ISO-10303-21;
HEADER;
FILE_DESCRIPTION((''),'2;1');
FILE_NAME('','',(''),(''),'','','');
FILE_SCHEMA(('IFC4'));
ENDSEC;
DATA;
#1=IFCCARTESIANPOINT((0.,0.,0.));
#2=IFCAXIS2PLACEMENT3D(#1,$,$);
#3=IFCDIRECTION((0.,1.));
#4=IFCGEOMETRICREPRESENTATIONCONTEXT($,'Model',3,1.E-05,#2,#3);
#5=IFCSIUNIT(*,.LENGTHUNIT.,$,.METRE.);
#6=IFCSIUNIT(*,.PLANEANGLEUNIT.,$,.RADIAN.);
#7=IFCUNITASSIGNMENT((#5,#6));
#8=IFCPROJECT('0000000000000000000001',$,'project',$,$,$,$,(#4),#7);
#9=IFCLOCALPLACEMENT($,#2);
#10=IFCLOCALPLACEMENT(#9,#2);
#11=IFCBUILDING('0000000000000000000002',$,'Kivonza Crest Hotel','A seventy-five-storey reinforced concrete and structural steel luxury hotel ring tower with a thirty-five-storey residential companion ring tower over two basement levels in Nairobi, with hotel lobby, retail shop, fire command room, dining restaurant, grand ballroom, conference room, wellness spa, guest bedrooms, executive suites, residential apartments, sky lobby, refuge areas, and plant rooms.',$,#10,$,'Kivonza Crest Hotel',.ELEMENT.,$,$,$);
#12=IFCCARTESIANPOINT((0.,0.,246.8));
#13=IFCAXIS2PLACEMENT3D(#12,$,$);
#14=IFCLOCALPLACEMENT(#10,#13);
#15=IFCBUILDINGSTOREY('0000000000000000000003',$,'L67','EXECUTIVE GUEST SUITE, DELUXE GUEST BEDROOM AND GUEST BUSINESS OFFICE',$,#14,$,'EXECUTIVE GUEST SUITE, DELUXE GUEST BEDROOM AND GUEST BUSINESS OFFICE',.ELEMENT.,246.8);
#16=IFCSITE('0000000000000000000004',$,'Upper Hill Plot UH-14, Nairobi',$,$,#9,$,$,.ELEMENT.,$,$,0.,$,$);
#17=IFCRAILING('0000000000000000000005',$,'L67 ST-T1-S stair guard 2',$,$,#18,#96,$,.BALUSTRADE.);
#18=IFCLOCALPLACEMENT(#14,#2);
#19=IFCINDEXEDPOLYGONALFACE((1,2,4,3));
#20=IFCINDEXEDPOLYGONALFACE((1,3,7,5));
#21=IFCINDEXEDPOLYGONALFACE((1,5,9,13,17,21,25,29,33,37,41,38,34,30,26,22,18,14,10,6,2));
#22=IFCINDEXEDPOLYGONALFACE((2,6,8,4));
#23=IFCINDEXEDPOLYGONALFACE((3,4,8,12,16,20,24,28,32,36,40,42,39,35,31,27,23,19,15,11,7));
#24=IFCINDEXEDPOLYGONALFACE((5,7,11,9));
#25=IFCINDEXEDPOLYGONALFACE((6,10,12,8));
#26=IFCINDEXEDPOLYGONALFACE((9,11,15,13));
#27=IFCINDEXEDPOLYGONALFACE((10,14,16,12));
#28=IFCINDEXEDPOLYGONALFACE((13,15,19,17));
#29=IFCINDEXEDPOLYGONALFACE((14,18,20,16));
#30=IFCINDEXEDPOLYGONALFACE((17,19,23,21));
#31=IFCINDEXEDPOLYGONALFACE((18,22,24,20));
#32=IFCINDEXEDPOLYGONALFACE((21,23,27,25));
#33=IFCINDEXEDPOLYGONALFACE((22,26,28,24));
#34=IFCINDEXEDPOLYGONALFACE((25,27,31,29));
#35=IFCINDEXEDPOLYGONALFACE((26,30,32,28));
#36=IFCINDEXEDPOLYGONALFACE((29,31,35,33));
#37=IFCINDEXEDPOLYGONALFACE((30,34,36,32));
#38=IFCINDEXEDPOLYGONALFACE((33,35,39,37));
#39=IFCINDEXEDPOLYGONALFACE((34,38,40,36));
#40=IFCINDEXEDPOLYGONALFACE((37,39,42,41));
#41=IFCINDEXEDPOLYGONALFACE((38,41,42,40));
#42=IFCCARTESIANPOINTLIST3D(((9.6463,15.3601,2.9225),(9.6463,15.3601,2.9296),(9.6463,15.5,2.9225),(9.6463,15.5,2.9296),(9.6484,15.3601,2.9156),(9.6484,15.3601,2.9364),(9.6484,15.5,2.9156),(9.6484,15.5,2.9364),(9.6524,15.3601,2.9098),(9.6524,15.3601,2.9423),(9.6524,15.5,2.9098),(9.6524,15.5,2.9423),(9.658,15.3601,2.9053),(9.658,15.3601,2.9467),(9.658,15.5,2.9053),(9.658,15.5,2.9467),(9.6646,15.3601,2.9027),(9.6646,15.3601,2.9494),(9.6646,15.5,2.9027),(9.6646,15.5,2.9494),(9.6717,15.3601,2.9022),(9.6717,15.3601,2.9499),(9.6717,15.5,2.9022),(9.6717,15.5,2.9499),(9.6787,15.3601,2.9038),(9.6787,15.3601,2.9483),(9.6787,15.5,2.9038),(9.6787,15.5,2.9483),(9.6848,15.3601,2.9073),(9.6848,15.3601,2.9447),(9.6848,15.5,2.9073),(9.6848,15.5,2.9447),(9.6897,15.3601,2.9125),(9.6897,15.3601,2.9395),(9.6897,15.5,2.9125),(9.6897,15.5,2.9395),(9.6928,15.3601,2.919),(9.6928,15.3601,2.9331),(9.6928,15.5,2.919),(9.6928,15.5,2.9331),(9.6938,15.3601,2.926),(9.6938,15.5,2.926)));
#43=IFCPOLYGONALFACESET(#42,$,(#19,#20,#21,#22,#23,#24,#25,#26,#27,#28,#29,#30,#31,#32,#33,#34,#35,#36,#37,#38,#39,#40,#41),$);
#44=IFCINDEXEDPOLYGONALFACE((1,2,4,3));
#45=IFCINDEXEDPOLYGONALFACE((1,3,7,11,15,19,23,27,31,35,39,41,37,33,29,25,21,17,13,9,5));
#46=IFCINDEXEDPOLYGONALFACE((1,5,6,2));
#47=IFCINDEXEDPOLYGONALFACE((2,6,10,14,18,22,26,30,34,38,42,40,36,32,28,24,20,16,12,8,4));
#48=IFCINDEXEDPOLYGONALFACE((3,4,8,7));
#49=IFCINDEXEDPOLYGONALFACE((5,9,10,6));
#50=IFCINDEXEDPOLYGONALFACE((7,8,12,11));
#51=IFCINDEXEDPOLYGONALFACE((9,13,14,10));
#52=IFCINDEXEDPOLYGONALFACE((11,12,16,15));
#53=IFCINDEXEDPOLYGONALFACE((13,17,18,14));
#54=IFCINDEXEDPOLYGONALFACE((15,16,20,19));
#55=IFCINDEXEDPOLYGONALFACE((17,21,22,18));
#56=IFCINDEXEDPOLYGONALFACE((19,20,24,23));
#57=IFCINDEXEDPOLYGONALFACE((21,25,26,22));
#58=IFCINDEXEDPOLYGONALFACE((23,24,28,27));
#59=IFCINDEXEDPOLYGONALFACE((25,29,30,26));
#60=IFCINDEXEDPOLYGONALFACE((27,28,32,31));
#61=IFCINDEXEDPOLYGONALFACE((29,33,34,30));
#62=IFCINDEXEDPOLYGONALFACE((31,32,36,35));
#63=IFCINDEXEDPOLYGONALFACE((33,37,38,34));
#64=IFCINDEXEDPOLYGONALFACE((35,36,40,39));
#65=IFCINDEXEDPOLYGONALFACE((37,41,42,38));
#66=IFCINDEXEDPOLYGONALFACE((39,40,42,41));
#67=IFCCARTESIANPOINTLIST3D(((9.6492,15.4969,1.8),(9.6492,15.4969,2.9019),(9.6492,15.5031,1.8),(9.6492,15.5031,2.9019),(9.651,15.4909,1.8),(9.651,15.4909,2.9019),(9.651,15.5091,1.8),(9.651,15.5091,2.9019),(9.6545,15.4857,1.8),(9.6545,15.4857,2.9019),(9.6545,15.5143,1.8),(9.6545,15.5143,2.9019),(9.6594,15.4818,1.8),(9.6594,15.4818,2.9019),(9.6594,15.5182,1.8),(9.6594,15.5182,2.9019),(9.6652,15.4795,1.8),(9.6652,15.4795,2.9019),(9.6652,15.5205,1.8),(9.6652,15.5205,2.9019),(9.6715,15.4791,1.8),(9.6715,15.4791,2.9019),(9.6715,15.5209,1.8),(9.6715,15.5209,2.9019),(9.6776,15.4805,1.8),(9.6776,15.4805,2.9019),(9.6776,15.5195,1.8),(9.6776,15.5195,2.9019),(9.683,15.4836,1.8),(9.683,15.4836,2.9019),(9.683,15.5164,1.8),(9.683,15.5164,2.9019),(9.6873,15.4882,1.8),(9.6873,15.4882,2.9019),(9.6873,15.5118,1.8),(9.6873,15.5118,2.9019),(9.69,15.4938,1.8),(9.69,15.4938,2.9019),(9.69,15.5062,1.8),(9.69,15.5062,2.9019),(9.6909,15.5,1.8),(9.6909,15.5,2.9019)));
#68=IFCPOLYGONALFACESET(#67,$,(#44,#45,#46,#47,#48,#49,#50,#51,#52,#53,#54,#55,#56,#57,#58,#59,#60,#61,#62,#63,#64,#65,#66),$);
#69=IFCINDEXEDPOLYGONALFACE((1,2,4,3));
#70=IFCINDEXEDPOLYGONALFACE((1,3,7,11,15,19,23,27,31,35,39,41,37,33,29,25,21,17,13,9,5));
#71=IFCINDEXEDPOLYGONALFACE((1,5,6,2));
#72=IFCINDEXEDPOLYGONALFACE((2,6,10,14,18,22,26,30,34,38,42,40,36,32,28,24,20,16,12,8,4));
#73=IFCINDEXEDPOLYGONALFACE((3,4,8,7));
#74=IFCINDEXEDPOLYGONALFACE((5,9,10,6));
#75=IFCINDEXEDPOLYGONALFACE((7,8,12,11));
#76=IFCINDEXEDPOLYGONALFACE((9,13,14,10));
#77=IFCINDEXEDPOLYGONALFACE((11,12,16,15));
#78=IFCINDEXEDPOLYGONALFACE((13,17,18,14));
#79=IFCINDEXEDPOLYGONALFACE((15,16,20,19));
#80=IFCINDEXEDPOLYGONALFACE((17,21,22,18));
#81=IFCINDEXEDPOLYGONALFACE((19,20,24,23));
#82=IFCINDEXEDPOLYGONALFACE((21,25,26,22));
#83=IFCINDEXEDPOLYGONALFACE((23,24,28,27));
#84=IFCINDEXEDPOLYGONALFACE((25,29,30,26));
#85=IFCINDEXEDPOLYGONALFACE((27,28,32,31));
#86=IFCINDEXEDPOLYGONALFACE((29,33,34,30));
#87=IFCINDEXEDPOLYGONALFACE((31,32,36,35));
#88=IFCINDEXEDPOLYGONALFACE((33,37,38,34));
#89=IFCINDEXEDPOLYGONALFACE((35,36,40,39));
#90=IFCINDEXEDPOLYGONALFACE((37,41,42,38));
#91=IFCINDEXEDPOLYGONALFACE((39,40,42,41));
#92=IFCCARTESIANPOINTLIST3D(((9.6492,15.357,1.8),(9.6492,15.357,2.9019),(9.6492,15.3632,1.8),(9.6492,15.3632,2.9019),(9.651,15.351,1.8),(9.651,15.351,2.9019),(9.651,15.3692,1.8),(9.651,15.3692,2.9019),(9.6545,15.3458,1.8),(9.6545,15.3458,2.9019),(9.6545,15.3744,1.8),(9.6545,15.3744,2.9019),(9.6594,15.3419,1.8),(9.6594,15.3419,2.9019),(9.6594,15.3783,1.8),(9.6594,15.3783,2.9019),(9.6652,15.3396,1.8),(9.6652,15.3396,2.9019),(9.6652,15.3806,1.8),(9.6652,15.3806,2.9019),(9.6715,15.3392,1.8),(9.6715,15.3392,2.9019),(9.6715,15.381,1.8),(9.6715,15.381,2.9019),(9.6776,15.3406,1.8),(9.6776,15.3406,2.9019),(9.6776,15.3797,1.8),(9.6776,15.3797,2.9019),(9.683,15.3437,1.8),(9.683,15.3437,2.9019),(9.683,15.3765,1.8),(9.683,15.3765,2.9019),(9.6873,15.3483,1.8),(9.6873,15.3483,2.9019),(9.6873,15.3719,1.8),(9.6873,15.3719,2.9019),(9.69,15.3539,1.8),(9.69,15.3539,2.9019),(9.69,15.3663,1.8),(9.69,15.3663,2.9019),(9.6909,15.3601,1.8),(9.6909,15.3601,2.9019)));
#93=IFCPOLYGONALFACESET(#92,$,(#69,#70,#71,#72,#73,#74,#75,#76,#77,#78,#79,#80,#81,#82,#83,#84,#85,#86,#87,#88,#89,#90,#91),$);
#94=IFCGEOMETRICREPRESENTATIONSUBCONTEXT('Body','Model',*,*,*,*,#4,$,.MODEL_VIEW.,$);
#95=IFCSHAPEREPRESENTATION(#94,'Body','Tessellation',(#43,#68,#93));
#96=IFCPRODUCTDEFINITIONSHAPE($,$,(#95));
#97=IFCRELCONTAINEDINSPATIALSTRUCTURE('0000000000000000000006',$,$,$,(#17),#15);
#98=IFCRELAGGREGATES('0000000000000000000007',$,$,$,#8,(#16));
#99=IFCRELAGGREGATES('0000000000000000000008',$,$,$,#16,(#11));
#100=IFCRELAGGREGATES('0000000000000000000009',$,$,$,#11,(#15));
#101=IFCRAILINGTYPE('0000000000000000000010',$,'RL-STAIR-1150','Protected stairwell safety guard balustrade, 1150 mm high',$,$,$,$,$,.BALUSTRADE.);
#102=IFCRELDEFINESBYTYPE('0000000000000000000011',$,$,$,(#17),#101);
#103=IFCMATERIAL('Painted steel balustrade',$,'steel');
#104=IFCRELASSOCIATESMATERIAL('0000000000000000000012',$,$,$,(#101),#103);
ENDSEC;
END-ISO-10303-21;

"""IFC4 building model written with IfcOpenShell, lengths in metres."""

from ifc_helpers import new_model, si_unit, direction, frame, origin, origin_2d, place, context, subcontext, project, spatial, circle, extrude, material, type_object, element, save


model = new_model("IFC4")

# Units and contexts
model_context = context("Model", 3, precision=1e-05, world=origin(), true_north=direction((0.0, 1.0)))
body_context = subcontext(model_context, "Body", "Model", "MODEL_VIEW")
ifc_project = project(units=[si_unit("LENGTHUNIT", "METRE"), si_unit("PLANEANGLEUNIT", "RADIAN")], contexts=[model_context])

# Site, building, storey
site_placement = place(None, origin())
site = spatial("IfcSite", under=ifc_project, at=site_placement, Name="Upper Hill Plot UH-14, Nairobi", CompositionType="ELEMENT", RefElevation=0.0)
building_placement = place(site_placement, origin())
building = spatial("IfcBuilding", under=site, at=building_placement, Name="Kivonza Crest Hotel", Description="A seventy-five-storey reinforced concrete and structural steel luxury hotel ring tower with a thirty-five-storey residential companion ring tower over two basement levels in Nairobi, with hotel lobby, retail shop, fire command room, dining restaurant, grand ballroom, conference room, wellness spa, guest bedrooms, executive suites, residential apartments, sky lobby, refuge areas, and plant rooms.", LongName="Kivonza Crest Hotel", CompositionType="ELEMENT")
storey_placement = place(building_placement, frame((0.0, 0.0, 246.8)))
storey = spatial("IfcBuildingStorey", under=building, at=storey_placement, Name="L67", Description="EXECUTIVE GUEST SUITE, DELUXE GUEST BEDROOM AND GUEST BUSINESS OFFICE", LongName="EXECUTIVE GUEST SUITE, DELUXE GUEST BEDROOM AND GUEST BUSINESS OFFICE", CompositionType="ELEMENT", Elevation=246.8)

# Railing
ifc_material_1 = material(Name="Painted steel balustrade", Category="steel")
railing_type_1 = type_object("IfcRailingType", Name="RL-STAIR-1150", Description="Protected stairwell safety guard balustrade, 1150 mm high", PredefinedType="BALUSTRADE", material=ifc_material_1)
railing_1_placement = place(storey_placement, frame((9.6699, 15.5, 1.8)))
element("IfcRailing", 1, at=railing_1_placement, inside=storey, type_object=railing_type_1, Name="L67 ST-T1-S stair guard 2", PredefinedType="BALUSTRADE", context=body_context, shape_type="SweptSolid", body=[
    extrude(circle(Radius=0.0239, at=origin_2d()), frame((0.0, 0.0, 1.126), z_axis=(0.0, -1.0, 0.0), x_axis=(1.0, 0.0, 0.0)), (0.0, 0.0, 1.0), 0.1399),
    extrude(circle(Radius=0.021, at=origin_2d()), origin(), (0.0, 0.0, 1.0), 1.1018),
    extrude(circle(Radius=0.021, at=origin_2d()), frame((0.0, -0.1399, 0.0)), (0.0, 0.0, 1.0), 1.1018),
])

save(model, "model.ifc")
